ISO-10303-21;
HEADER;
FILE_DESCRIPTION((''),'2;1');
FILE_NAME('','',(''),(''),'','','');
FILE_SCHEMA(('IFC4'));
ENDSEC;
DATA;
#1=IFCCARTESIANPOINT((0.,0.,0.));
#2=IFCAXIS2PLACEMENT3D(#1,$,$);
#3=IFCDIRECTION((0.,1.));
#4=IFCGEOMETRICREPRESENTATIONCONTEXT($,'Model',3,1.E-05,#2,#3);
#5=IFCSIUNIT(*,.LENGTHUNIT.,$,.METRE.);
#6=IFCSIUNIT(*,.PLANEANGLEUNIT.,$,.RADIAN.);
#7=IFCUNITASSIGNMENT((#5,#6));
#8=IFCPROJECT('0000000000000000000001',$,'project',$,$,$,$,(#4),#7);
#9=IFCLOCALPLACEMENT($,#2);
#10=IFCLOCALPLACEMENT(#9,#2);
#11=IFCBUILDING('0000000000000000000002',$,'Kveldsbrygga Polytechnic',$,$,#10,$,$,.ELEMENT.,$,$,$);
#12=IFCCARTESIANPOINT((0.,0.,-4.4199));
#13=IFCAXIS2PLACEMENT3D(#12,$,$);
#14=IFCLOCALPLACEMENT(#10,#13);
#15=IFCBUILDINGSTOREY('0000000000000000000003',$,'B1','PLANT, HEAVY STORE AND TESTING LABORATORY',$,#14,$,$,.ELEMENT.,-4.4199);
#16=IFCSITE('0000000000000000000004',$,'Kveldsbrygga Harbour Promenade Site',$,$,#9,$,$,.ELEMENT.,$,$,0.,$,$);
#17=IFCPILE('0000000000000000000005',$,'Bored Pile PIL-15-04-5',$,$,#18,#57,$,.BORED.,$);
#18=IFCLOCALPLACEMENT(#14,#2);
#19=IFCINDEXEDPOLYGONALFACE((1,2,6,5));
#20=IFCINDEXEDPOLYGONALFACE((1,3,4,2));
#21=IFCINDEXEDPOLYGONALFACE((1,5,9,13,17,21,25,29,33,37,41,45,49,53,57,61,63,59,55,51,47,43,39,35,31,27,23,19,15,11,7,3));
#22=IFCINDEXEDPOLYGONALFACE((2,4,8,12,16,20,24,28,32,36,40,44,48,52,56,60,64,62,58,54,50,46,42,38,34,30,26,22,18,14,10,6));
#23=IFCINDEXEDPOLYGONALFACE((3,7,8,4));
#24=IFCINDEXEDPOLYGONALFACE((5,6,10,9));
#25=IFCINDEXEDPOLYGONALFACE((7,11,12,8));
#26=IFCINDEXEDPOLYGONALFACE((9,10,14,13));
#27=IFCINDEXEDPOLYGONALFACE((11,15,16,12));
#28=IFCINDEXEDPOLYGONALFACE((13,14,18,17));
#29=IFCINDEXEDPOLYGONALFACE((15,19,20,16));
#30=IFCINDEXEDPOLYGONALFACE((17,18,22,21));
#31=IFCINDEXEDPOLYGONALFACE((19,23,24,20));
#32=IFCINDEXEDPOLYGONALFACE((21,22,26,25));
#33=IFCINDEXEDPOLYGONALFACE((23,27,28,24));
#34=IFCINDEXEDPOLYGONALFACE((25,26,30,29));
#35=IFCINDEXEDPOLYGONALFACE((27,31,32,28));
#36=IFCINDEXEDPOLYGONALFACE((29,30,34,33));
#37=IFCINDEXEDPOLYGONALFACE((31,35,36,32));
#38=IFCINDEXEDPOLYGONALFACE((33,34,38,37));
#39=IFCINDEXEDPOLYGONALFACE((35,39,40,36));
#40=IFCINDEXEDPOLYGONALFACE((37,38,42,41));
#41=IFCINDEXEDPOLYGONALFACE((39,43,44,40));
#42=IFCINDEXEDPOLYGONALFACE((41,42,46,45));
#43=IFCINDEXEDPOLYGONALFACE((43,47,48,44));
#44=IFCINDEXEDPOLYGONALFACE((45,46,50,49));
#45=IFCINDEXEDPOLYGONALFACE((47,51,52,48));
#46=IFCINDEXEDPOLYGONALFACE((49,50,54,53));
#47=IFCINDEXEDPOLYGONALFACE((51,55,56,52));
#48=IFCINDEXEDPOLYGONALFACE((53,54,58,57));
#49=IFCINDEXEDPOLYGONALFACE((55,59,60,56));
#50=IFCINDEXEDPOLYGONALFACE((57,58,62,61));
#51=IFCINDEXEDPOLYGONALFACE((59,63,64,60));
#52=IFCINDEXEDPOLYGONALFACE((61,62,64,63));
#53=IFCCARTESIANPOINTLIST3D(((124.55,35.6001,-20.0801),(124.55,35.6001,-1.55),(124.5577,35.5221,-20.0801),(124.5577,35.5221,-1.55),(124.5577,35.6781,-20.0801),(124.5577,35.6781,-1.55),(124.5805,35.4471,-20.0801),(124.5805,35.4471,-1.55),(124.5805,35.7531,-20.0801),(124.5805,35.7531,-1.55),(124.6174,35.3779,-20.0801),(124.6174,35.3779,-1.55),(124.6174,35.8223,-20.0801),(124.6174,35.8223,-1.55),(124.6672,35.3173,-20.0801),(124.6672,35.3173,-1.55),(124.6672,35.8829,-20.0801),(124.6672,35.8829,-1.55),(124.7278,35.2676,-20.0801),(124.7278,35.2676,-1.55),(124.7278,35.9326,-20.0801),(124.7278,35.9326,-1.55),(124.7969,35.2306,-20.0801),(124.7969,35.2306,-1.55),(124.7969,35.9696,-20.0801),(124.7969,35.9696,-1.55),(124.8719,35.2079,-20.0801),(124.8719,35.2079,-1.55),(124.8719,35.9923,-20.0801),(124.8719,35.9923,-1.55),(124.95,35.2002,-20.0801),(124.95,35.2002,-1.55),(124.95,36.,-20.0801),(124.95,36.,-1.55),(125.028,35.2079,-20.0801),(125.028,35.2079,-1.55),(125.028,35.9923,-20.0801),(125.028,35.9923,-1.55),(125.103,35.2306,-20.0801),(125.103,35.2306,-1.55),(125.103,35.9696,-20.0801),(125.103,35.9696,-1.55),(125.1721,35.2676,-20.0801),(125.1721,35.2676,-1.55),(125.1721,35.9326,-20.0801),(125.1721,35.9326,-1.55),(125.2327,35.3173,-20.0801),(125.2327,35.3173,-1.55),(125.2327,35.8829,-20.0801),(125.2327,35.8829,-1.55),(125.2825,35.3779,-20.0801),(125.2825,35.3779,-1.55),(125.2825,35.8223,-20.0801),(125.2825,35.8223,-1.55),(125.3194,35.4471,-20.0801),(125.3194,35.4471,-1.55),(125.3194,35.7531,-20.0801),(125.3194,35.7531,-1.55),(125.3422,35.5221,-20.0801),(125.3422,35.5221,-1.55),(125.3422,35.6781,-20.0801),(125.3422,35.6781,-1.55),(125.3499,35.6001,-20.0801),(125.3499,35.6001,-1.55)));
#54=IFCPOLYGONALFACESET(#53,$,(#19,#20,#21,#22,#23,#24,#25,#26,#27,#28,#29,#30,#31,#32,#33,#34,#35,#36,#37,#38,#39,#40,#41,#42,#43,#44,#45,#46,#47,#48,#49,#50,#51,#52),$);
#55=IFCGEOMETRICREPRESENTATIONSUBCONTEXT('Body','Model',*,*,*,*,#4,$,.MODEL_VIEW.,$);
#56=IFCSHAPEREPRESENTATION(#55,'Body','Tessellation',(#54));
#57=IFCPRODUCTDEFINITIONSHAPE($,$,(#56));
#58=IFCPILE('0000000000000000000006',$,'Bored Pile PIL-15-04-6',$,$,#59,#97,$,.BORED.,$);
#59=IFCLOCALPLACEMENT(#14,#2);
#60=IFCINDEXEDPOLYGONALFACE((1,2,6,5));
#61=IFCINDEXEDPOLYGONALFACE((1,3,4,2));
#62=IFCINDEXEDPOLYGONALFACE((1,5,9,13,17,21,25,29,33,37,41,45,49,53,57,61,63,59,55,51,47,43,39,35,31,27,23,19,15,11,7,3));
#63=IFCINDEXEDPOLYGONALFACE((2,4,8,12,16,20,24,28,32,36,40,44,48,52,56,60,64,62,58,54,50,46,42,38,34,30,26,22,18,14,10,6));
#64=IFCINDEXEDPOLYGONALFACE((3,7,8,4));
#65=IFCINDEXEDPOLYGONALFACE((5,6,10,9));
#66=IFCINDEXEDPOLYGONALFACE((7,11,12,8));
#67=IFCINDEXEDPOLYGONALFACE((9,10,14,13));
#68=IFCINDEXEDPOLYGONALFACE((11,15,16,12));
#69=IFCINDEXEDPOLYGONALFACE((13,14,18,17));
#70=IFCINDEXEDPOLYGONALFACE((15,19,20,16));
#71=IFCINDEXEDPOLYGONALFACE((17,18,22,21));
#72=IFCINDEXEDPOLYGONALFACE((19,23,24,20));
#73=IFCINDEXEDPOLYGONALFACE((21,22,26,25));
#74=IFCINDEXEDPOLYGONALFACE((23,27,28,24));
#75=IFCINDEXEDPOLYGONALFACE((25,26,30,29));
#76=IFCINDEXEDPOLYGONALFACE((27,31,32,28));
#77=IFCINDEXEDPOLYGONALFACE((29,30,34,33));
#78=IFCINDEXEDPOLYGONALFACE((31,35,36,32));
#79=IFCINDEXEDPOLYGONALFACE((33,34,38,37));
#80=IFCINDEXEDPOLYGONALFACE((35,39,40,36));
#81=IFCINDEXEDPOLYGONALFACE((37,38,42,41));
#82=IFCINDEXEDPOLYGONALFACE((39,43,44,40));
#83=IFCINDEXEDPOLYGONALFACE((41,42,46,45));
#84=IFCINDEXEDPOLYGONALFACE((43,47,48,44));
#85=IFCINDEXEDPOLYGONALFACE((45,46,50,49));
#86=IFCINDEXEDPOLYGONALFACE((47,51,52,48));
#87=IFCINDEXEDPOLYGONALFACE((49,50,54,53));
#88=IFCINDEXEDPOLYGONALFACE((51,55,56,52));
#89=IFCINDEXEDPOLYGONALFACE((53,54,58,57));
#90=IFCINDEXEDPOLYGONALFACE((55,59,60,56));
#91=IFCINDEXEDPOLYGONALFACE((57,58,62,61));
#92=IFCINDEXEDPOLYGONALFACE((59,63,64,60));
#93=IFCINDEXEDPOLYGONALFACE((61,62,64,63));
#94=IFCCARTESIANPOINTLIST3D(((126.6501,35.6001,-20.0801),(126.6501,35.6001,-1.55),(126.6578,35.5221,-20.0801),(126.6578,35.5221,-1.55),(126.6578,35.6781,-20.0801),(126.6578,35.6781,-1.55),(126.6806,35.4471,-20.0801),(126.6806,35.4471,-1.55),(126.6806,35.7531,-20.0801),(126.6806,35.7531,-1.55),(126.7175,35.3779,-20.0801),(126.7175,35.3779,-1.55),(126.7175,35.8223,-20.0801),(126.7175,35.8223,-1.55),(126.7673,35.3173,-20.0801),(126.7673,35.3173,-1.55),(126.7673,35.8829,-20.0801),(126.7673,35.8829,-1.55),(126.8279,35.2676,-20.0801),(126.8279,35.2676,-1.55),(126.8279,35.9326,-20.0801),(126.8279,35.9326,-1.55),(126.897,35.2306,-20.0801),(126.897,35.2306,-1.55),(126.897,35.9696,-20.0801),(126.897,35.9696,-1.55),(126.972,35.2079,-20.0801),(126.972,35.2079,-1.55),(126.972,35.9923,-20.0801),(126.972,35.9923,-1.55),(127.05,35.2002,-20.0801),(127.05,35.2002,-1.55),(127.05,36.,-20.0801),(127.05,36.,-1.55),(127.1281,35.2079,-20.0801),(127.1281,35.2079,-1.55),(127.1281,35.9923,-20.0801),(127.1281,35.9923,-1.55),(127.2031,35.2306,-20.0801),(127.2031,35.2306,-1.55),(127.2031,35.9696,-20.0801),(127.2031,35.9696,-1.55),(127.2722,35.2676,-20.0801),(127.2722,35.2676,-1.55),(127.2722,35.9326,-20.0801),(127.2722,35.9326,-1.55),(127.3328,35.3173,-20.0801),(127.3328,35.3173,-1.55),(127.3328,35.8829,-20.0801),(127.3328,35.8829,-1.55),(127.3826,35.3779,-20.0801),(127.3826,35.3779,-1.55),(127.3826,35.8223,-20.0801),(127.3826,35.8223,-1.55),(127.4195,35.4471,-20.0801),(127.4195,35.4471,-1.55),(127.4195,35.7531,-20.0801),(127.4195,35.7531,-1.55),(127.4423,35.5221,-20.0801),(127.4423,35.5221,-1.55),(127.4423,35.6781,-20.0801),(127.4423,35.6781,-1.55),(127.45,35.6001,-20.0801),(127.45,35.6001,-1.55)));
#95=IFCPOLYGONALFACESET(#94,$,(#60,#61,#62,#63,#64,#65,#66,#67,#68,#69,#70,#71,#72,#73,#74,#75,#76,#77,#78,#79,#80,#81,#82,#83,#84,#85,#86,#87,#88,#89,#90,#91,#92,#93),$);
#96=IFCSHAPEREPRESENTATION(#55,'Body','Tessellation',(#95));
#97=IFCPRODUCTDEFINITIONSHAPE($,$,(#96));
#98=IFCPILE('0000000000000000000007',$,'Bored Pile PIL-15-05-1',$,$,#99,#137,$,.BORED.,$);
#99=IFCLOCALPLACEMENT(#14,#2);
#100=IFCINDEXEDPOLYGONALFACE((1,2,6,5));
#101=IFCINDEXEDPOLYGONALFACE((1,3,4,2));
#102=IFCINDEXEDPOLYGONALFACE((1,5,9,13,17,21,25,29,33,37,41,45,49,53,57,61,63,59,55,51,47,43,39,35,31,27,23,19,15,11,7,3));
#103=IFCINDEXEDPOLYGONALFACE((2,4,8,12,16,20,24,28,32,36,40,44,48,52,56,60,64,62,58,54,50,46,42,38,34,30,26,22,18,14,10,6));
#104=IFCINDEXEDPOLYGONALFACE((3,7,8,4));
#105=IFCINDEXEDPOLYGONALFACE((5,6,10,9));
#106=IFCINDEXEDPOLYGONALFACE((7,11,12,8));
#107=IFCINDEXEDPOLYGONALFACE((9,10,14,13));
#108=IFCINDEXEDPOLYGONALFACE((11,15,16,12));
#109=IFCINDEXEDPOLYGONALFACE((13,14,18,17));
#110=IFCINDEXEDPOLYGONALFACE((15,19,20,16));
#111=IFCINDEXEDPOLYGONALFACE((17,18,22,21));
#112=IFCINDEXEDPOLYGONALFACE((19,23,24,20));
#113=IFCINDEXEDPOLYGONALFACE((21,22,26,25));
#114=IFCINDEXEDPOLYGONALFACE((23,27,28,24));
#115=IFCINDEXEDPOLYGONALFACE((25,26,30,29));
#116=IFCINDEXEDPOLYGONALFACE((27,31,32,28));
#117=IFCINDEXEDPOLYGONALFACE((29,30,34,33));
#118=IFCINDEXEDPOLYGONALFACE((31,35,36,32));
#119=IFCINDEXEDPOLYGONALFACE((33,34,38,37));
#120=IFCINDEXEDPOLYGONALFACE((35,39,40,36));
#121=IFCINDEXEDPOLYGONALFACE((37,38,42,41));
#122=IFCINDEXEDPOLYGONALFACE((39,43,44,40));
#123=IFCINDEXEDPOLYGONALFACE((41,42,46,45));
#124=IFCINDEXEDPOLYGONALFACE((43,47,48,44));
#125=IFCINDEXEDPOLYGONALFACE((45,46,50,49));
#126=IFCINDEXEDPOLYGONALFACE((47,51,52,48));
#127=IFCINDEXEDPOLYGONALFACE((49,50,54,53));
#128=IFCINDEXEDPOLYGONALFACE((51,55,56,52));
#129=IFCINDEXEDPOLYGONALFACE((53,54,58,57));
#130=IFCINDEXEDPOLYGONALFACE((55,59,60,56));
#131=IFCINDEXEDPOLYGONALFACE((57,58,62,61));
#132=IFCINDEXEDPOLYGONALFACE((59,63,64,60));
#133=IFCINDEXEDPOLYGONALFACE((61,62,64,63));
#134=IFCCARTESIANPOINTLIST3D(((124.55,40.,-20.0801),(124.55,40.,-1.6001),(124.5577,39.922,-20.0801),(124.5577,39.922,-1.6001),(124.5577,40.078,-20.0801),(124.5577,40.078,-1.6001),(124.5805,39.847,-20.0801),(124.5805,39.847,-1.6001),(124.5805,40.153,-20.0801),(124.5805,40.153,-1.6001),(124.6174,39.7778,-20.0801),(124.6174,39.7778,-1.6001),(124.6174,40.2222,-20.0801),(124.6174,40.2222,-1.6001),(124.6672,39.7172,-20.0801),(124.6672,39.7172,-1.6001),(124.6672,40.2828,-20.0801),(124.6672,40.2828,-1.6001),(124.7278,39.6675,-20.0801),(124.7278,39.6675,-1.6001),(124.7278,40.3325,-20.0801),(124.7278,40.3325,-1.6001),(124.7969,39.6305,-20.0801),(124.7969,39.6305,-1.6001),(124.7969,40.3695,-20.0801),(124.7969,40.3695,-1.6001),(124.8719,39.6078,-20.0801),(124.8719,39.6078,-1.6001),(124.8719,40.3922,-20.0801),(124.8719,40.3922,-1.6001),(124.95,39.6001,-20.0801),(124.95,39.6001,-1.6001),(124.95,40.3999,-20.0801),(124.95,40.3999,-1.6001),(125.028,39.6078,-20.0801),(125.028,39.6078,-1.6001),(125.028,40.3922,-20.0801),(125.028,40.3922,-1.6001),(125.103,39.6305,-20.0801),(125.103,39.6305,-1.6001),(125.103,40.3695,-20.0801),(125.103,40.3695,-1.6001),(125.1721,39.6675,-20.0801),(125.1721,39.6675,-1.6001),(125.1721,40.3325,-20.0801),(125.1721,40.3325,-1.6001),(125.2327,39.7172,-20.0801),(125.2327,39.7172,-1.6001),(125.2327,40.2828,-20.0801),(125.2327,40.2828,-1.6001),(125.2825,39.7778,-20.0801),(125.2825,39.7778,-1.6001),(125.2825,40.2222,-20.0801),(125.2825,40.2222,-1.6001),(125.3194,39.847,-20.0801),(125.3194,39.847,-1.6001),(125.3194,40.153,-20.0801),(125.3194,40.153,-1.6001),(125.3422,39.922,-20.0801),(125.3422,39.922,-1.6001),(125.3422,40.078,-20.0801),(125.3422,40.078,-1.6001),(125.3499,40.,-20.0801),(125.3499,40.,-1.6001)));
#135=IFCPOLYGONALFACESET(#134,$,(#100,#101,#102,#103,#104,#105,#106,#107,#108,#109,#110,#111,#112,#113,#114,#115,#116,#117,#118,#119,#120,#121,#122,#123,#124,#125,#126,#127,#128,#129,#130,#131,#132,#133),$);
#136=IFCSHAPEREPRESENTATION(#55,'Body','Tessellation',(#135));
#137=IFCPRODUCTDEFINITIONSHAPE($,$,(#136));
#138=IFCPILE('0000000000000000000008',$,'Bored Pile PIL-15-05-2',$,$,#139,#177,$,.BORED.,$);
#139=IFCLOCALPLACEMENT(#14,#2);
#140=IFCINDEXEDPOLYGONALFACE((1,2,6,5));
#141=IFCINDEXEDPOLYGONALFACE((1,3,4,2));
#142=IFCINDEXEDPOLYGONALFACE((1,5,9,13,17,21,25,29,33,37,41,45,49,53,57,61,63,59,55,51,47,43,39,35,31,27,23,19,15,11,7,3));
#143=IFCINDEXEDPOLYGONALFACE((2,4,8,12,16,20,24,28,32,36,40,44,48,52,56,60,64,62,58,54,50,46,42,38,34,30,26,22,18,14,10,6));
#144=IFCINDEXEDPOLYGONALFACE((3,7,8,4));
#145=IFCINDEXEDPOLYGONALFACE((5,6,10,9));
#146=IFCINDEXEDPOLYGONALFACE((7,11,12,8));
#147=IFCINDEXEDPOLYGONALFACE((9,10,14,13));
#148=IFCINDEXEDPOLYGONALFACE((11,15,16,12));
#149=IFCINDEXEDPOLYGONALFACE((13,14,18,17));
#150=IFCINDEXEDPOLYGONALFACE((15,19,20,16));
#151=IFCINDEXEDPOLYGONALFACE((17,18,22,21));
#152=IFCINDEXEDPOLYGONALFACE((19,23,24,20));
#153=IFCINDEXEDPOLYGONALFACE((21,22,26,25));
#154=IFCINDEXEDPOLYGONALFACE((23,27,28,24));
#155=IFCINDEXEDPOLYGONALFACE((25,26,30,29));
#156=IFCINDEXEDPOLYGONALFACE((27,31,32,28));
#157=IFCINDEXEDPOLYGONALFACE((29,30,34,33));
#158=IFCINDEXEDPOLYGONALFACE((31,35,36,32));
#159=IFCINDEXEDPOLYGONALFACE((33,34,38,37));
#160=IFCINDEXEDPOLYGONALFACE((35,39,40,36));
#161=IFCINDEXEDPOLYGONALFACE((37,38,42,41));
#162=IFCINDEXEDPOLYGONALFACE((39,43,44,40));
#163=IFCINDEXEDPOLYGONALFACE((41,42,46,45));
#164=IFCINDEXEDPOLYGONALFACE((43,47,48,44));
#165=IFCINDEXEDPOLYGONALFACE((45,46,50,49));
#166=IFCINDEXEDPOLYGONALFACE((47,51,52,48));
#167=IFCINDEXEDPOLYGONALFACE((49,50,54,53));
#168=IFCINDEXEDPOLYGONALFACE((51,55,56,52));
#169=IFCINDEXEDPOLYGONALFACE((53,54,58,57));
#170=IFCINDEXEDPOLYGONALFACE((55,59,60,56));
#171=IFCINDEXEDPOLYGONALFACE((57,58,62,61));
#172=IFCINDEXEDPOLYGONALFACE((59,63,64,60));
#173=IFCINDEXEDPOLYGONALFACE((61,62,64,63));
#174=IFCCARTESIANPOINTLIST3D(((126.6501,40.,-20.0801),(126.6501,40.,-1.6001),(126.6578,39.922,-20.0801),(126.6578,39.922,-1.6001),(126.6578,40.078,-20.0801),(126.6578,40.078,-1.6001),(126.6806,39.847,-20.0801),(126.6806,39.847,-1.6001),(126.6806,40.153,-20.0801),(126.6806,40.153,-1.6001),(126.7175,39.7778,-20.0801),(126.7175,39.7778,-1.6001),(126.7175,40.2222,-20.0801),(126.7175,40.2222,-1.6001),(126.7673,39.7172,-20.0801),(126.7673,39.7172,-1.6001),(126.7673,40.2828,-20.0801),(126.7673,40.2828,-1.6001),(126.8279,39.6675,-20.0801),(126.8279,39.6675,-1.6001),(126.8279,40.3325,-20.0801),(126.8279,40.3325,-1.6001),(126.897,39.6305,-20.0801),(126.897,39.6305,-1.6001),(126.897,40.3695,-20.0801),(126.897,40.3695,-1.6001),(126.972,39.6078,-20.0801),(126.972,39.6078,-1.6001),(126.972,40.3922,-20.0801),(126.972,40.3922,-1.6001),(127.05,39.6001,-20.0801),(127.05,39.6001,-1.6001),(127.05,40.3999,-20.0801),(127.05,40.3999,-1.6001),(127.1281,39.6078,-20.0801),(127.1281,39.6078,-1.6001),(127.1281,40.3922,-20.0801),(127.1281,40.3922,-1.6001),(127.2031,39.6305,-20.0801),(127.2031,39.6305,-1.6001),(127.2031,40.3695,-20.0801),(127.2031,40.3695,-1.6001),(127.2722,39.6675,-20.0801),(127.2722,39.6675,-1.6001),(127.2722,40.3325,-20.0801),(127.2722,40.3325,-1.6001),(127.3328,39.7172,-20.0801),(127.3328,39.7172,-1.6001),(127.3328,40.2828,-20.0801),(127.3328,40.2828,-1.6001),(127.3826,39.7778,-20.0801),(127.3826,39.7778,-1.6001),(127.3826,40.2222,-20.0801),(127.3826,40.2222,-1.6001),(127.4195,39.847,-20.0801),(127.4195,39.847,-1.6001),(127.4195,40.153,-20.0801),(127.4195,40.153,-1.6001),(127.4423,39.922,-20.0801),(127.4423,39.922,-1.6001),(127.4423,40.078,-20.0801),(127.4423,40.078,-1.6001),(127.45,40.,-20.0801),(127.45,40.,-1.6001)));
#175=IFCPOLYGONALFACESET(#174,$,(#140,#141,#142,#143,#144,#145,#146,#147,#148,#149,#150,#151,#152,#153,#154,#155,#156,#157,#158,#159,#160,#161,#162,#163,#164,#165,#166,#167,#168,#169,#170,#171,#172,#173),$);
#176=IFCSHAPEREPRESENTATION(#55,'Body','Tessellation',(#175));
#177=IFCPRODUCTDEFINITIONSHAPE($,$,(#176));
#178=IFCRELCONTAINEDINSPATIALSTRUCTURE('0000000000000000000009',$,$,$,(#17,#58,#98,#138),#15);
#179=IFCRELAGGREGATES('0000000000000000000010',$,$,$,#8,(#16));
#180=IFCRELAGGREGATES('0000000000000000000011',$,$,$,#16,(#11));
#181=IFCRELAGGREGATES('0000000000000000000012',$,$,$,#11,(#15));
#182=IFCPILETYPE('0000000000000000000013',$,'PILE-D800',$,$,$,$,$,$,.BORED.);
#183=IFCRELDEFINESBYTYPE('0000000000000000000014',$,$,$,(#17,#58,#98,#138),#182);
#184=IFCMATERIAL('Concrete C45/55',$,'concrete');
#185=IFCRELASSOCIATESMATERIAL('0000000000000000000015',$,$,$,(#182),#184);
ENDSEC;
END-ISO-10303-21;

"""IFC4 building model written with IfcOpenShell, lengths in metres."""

from ifc_helpers import new_model, si_unit, direction, frame, origin, origin_2d, place, context, subcontext, project, spatial, circle, extrude, material, material_profile, profile_set, type_object, element, save


model = new_model("IFC4")

# Units and contexts
model_context = context("Model", 3, precision=1e-05, world=origin(), true_north=direction((0.0, 1.0)))
body_context = subcontext(model_context, "Body", "Model", "MODEL_VIEW")
ifc_project = project(units=[si_unit("LENGTHUNIT", "METRE"), si_unit("PLANEANGLEUNIT", "RADIAN")], contexts=[model_context])

# Site, building, storey
site_placement = place(None, origin())
site = spatial("IfcSite", under=ifc_project, at=site_placement, Name="Kveldsbrygga Harbour Promenade Site", CompositionType="ELEMENT", RefElevation=0.0)
building_placement = place(site_placement, origin())
building = spatial("IfcBuilding", under=site, at=building_placement, Name="Kveldsbrygga Polytechnic", CompositionType="ELEMENT")
storey_placement = place(building_placement, frame((0.0, 0.0, -4.4199)))
storey = spatial("IfcBuildingStorey", under=building, at=storey_placement, Name="B1", Description="PLANT, HEAVY STORE AND TESTING LABORATORY", CompositionType="ELEMENT", Elevation=-4.4199)

# Shared definitions
ifc_material_1 = material(Name="Concrete C45/55", Category="concrete")

# Piles
ifc_material_profile_1 = material_profile(ifc_material_1, circle(Radius=0.3999, at=origin_2d()), Name="PILE D800")
ifc_profile_set_1 = profile_set([ifc_material_profile_1], Name="Concrete C45/55")
pile_type = type_object("IfcPileType", Name="PILE-D800", PredefinedType="BORED", material=ifc_profile_set_1)
for number, where, z_axis, x_axis, name in (
    (1, (124.95, 35.6001, -1.55), (0.0, 0.0, -1.0), (1.0, 0.0, 0.0), "Bored Pile PIL-15-04-5"),
    (2, (127.05, 35.6001, -1.55), (0.0, 0.0, -1.0), (1.0, 0.0, 0.0), "Bored Pile PIL-15-04-6"),
):
    element("IfcPile", number, at=place(storey_placement, frame(where, z_axis=z_axis, x_axis=x_axis)), inside=storey, type_object=pile_type, Name=name, PredefinedType="BORED", context=body_context, shape_type="SweptSolid", body=[
        extrude(circle(Radius=0.3999, at=origin_2d()), origin(), (0.0, 0.0, 1.0), 18.53),
    ])
for number, where, z_axis, x_axis, name in (
    (3, (124.95, 40.0, -1.6001), (0.0, 0.0, -1.0), (1.0, 0.0, 0.0), "Bored Pile PIL-15-05-1"),
    (4, (127.05, 40.0, -1.6001), (0.0, 0.0, -1.0), (1.0, 0.0, 0.0), "Bored Pile PIL-15-05-2"),
):
    element("IfcPile", number, at=place(storey_placement, frame(where, z_axis=z_axis, x_axis=x_axis)), inside=storey, type_object=pile_type, Name=name, PredefinedType="BORED", context=body_context, shape_type="SweptSolid", body=[
        extrude(circle(Radius=0.3999, at=origin_2d()), origin(), (0.0, 0.0, 1.0), 18.48),
    ])

save(model, "model.ifc")
